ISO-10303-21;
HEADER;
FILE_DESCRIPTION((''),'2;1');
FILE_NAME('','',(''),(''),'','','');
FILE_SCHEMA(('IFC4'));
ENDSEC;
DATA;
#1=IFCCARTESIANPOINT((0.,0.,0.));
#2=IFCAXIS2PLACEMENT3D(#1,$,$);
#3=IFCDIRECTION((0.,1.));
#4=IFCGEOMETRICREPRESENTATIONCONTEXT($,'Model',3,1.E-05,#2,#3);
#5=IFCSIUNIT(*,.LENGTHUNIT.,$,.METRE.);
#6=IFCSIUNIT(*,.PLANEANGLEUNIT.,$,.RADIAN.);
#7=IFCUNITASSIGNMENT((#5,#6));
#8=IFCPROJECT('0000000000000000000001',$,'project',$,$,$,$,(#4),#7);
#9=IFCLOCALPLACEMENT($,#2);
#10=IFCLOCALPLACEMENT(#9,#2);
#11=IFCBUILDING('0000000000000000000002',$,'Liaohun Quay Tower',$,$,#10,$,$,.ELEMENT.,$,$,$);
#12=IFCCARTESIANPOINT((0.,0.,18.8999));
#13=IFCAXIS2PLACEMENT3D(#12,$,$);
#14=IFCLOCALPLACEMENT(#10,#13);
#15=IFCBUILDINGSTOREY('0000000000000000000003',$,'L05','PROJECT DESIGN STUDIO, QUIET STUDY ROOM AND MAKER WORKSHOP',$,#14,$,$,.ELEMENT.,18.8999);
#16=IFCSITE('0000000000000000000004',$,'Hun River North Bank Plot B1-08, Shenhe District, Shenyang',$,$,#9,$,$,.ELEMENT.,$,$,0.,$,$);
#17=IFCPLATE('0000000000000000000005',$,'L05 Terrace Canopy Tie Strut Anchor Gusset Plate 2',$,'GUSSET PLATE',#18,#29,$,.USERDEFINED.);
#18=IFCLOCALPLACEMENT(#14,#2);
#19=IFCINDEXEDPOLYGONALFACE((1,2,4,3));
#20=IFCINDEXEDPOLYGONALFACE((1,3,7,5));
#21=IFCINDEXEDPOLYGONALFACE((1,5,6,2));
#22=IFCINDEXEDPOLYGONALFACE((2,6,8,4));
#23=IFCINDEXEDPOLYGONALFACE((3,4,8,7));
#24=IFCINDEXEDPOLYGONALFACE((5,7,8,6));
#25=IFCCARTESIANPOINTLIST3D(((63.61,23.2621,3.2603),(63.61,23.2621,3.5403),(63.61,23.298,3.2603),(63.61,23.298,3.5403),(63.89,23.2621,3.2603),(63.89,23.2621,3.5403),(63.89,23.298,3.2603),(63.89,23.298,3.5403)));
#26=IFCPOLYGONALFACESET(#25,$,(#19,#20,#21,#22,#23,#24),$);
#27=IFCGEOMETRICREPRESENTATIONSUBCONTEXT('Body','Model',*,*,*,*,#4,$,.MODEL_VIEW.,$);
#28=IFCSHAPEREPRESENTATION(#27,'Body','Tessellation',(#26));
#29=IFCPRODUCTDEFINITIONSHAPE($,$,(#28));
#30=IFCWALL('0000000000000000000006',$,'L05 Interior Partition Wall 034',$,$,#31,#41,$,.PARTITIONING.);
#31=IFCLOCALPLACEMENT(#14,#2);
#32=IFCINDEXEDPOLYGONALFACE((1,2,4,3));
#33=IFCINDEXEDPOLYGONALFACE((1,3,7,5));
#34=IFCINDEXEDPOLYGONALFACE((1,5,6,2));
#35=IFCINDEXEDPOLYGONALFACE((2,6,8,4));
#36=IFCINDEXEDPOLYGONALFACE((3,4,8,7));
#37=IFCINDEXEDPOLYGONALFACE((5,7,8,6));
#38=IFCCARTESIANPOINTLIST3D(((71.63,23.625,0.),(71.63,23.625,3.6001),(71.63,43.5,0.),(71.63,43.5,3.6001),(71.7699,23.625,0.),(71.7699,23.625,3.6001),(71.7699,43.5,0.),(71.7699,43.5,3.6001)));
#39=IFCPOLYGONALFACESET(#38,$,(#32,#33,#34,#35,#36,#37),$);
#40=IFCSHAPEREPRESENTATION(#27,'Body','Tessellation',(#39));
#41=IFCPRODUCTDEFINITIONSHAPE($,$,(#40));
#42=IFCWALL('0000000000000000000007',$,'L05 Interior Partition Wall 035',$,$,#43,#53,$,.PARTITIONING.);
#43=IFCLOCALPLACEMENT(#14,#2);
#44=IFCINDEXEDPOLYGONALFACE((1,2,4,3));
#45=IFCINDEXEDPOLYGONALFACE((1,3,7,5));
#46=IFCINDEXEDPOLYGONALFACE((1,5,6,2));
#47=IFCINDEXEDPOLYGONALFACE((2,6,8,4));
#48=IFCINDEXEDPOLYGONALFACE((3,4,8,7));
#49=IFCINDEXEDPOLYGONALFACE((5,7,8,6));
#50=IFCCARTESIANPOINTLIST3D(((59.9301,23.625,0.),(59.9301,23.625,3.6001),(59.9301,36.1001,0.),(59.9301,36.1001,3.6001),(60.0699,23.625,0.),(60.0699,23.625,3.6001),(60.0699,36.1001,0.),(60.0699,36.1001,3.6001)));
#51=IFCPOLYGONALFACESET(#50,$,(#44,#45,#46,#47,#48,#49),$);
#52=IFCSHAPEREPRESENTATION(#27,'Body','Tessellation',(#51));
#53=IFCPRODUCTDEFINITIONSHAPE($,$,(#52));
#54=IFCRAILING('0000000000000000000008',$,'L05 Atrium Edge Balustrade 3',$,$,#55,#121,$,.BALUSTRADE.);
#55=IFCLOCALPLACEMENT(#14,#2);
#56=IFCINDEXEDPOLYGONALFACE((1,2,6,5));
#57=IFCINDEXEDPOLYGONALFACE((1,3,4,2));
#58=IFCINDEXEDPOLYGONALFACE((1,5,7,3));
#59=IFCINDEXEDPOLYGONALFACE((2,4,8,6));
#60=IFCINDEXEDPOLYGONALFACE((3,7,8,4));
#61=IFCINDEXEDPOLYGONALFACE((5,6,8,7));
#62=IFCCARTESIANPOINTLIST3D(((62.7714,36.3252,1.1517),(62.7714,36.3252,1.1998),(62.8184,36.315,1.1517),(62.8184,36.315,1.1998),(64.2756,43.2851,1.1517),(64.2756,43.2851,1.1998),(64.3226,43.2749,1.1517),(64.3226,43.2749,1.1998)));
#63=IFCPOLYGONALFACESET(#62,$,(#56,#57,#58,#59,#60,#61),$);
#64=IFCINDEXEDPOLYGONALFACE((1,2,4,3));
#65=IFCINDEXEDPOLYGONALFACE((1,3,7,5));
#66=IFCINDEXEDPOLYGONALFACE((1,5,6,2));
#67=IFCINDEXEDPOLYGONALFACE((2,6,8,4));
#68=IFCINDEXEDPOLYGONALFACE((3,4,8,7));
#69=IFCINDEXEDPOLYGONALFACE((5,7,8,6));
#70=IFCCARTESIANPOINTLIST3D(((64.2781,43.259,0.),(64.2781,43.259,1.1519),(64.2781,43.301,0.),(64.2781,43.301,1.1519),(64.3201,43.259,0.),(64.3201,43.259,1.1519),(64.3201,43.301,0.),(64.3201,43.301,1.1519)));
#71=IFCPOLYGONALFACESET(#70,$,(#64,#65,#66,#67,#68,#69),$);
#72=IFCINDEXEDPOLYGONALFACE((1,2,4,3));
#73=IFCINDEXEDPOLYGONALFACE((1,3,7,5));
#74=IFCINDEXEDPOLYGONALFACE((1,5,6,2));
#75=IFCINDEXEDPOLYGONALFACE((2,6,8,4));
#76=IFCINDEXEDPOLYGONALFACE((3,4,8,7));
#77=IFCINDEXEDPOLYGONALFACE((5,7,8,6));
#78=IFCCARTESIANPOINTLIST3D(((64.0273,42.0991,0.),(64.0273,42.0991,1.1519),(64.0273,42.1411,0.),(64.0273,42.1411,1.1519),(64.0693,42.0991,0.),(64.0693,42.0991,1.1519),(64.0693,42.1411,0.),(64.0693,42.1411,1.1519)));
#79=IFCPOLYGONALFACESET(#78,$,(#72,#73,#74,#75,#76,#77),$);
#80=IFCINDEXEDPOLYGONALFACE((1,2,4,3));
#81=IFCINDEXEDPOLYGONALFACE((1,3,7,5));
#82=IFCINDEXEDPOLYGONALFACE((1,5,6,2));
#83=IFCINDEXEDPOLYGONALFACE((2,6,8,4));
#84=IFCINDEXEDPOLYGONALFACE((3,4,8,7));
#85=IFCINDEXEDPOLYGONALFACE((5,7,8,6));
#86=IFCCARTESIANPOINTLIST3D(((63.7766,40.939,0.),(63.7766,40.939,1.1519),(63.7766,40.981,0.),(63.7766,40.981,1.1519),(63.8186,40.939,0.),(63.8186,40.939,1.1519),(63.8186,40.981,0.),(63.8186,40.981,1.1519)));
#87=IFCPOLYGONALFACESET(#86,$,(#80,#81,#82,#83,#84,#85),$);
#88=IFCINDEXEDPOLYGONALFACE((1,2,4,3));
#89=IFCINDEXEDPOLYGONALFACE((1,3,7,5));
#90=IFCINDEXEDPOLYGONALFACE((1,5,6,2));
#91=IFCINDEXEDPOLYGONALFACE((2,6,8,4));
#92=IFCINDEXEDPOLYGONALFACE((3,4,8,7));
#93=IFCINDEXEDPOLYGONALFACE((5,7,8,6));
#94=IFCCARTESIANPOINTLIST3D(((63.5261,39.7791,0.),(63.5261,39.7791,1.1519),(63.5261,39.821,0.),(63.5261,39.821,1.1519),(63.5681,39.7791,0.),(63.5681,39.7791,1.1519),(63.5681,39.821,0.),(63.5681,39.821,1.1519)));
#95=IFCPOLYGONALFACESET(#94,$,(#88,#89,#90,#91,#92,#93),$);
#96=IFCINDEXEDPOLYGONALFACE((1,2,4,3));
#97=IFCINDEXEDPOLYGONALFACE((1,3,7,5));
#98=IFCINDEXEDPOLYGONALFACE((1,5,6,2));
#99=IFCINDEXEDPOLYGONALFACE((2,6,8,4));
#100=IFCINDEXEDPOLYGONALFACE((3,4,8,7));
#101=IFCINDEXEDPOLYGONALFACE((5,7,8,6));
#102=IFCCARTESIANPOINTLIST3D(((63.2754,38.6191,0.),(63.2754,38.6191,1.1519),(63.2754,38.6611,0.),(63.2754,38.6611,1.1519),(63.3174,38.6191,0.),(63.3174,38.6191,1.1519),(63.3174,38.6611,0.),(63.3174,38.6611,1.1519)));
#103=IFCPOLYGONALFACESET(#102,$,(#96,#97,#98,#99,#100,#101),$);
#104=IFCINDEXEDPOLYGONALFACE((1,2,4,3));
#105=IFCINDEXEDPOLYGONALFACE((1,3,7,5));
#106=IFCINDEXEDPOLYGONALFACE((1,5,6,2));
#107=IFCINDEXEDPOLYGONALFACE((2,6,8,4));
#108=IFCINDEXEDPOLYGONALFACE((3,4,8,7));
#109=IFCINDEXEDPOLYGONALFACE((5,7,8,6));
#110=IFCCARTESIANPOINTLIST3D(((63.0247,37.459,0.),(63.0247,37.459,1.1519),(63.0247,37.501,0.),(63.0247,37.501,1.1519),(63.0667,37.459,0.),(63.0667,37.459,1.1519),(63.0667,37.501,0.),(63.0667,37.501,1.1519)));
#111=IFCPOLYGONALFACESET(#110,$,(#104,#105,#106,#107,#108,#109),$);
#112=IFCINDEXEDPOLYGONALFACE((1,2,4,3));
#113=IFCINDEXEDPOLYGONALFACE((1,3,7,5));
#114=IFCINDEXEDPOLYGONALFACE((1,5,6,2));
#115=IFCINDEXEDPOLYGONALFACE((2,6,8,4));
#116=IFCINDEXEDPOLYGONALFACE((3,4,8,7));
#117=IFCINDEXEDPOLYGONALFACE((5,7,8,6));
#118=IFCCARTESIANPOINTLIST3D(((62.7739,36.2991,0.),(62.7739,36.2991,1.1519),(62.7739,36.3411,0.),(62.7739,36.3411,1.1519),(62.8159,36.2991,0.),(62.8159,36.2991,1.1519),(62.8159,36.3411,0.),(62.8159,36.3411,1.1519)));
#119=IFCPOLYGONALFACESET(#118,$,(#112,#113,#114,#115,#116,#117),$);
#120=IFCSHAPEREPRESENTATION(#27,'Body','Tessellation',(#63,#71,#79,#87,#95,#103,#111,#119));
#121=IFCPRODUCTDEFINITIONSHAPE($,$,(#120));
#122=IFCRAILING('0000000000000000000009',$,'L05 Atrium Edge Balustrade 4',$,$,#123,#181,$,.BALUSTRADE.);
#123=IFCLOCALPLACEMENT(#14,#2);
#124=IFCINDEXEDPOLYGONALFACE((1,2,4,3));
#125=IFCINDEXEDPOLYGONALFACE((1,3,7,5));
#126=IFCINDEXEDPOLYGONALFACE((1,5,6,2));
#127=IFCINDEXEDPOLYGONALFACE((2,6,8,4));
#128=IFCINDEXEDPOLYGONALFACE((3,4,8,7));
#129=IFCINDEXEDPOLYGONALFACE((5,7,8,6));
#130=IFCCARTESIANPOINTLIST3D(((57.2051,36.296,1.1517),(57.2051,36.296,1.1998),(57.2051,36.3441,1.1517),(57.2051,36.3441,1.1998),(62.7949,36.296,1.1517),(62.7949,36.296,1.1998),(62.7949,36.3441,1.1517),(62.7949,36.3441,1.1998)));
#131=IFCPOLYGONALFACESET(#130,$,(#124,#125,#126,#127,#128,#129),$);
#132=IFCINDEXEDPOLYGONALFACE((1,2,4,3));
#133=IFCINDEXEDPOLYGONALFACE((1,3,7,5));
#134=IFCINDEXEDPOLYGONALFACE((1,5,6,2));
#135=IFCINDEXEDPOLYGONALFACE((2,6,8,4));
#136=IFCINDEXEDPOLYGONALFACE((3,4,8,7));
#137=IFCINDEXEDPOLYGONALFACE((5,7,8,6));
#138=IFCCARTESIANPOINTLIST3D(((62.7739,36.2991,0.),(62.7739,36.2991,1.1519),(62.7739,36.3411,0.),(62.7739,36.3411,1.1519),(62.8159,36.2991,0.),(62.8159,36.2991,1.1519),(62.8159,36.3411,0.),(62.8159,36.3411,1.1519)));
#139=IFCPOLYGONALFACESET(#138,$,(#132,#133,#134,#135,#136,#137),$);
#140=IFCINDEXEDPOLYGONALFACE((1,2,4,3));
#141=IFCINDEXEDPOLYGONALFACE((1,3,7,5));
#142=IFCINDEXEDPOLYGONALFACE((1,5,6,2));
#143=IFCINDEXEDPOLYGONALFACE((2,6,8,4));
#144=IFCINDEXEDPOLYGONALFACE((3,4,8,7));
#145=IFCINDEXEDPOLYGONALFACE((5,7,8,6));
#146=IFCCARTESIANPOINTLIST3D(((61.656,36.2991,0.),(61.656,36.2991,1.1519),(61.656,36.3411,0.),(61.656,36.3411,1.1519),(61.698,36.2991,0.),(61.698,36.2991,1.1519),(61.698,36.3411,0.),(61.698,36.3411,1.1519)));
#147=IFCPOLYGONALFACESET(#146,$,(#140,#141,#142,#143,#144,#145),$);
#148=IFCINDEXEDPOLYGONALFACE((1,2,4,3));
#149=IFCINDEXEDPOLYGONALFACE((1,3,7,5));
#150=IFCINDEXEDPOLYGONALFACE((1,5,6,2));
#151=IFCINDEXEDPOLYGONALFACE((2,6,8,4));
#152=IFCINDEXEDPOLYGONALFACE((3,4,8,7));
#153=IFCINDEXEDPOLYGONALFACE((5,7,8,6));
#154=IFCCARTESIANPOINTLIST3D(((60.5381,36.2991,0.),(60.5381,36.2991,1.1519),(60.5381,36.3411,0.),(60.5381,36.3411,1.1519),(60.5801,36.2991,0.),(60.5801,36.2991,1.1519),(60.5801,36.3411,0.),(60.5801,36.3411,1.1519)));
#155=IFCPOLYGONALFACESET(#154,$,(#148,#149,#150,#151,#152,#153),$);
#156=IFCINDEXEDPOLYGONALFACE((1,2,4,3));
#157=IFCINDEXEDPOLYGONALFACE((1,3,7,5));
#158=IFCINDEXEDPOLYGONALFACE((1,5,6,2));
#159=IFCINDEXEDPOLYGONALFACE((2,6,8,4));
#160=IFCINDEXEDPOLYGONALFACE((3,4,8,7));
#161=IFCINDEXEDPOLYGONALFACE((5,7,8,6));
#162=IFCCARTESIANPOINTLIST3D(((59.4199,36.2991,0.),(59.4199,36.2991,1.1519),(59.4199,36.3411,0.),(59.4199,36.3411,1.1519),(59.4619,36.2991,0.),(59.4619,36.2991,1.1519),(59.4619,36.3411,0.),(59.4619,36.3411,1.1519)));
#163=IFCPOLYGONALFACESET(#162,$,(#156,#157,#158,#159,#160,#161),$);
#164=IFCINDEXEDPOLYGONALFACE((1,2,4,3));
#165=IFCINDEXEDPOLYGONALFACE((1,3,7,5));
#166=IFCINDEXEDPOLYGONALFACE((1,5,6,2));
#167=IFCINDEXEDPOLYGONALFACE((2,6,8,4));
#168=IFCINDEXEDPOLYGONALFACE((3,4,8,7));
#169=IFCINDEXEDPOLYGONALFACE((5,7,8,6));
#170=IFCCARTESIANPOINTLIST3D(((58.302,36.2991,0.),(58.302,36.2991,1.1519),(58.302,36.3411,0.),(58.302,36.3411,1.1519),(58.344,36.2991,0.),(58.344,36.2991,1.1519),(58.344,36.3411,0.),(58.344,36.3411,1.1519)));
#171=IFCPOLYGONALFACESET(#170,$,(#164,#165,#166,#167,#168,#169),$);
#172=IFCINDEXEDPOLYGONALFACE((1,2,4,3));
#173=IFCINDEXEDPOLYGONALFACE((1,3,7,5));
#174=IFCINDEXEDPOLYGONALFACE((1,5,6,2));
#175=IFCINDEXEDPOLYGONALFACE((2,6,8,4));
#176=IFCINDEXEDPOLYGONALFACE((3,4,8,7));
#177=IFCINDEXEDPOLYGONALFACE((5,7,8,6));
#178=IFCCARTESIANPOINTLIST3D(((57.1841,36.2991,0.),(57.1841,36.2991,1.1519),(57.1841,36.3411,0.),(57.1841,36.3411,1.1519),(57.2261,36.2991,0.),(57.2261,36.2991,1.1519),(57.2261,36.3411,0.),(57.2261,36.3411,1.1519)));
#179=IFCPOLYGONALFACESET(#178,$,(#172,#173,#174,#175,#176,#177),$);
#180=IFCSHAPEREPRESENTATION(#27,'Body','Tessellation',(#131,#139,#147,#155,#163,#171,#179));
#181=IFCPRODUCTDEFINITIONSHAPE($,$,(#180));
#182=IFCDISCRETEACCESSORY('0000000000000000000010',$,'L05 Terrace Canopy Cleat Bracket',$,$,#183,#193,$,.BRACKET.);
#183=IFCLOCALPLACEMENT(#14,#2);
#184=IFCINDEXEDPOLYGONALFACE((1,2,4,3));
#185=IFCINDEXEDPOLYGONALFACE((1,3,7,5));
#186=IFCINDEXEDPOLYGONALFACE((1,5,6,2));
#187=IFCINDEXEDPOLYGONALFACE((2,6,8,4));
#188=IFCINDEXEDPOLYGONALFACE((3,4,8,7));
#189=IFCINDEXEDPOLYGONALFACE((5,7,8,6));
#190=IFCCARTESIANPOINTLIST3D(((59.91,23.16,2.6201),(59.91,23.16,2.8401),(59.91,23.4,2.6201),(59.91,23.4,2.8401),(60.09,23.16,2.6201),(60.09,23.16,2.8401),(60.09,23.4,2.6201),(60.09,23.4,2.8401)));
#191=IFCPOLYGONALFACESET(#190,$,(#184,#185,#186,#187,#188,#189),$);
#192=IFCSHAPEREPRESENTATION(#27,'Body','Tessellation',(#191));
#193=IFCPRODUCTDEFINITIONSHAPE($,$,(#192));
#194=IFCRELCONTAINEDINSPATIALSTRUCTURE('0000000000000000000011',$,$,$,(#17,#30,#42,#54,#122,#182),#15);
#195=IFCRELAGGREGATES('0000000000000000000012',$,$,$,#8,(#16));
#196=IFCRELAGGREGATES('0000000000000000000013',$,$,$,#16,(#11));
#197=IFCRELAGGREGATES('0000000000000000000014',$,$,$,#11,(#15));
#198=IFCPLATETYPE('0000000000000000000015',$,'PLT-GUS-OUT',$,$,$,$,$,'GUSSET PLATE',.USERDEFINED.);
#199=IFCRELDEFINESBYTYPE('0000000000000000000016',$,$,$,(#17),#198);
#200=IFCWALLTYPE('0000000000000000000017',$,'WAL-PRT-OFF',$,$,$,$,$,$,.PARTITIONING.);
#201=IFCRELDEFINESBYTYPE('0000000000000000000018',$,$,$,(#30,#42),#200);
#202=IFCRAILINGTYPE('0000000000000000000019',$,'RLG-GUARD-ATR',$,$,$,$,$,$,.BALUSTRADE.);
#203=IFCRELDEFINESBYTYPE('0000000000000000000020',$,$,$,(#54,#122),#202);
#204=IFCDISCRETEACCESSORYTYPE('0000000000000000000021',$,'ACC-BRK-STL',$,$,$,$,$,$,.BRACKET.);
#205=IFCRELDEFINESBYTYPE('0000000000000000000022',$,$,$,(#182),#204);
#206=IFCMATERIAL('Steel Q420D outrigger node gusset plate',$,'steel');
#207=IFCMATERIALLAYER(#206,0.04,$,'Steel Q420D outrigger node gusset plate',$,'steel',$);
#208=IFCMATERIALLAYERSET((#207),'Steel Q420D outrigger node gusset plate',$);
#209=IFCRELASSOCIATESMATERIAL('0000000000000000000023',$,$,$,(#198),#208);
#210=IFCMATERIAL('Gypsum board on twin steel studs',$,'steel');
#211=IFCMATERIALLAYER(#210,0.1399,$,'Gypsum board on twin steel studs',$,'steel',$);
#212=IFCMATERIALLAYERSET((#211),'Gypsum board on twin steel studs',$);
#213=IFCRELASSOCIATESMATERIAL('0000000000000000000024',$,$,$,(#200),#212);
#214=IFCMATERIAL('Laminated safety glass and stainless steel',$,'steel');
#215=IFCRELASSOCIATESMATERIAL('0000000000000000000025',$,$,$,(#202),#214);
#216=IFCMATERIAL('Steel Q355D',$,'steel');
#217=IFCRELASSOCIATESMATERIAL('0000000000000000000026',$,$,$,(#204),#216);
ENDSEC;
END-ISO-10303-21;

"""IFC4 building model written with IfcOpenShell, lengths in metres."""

from ifc_helpers import new_model, si_unit, direction, frame, frame_2d, origin, origin_2d, place, context, subcontext, project, spatial, rectangle, extrude, source, transform, mapped, material, layer, layer_set, type_object, element, save


model = new_model("IFC4")

# Units and contexts
model_context = context("Model", 3, precision=1e-05, world=origin(), true_north=direction((0.0, 1.0)))
body_context = subcontext(model_context, "Body", "Model", "MODEL_VIEW")
ifc_project = project(units=[si_unit("LENGTHUNIT", "METRE"), si_unit("PLANEANGLEUNIT", "RADIAN")], contexts=[model_context])

# Site, building, storey
site_placement = place(None, origin())
site = spatial("IfcSite", under=ifc_project, at=site_placement, Name="Hun River North Bank Plot B1-08, Shenhe District, Shenyang", CompositionType="ELEMENT", RefElevation=0.0)
building_placement = place(site_placement, origin())
building = spatial("IfcBuilding", under=site, at=building_placement, Name="Liaohun Quay Tower", CompositionType="ELEMENT")
storey_placement = place(building_placement, frame((0.0, 0.0, 18.8999)))
storey = spatial("IfcBuildingStorey", under=building, at=storey_placement, Name="L05", Description="PROJECT DESIGN STUDIO, QUIET STUDY ROOM AND MAKER WORKSHOP", CompositionType="ELEMENT", Elevation=18.8999)

# Shared definitions
ifc_material_1 = material(Name="Steel Q355D", Category="steel")

# Plate
ifc_material_2 = material(Name="Steel Q420D outrigger node gusset plate", Category="steel")
ifc_layer_1 = layer(ifc_material_2, 0.04, Name="Steel Q420D outrigger node gusset plate", Category="steel")
ifc_layer_set_1 = layer_set([ifc_layer_1], Name="Steel Q420D outrigger node gusset plate")
plate_type = type_object("IfcPlateType", Name="PLT-GUS-OUT", ElementType="GUSSET PLATE", PredefinedType="USERDEFINED", material=ifc_layer_set_1)
shared_shape_1 = source(origin(), body_context, "Body", "SweptSolid", [
    extrude(rectangle(XDim=0.28, YDim=0.0359, at=origin_2d()), origin(), (0.0, 0.0, 1.0), 0.28),
])
plate_placement = place(storey_placement, frame((63.75, 23.28, 3.2603), z_axis=(0.0, 0.0, 1.0), x_axis=(1.0, 0.0, 0.0)))
element("IfcPlate", 1, at=plate_placement, inside=storey, type_object=plate_type, Name="L05 Terrace Canopy Tie Strut Anchor Gusset Plate 2", ObjectType="GUSSET PLATE", PredefinedType="USERDEFINED", context=body_context, shape_type="MappedRepresentation", body=[
    mapped(shared_shape_1, transform((0.0, 0.0, 0.0), x_axis=(1.0, 0.0, 0.0), y_axis=(0.0, 1.0, 0.0), z_axis=(0.0, 0.0, 1.0), scale=1.0)),
])

# Walls
ifc_material_3 = material(Name="Gypsum board on twin steel studs", Category="steel")
ifc_layer_2 = layer(ifc_material_3, 0.1399, Name="Gypsum board on twin steel studs", Category="steel")
ifc_layer_set_2 = layer_set([ifc_layer_2], Name="Gypsum board on twin steel studs")
wall_type = type_object("IfcWallType", Name="WAL-PRT-OFF", PredefinedType="PARTITIONING", material=ifc_layer_set_2)
wall_1_placement = place(storey_placement, frame((71.7, 23.625, 0.0), z_axis=(0.0, 0.0, 1.0), x_axis=(0.0, 1.0, 0.0)))
element("IfcWall", 2, at=wall_1_placement, inside=storey, type_object=wall_type, Name="L05 Interior Partition Wall 034", PredefinedType="PARTITIONING", context=body_context, shape_type="SweptSolid", body=[
    extrude(rectangle(XDim=19.875, YDim=0.1399, at=frame_2d((9.9375, 0.0))), origin(), (0.0, 0.0, 1.0), 3.6001),
])
wall_2_placement = place(storey_placement, frame((60.0, 23.625, 0.0), z_axis=(0.0, 0.0, 1.0), x_axis=(0.0, 1.0, 0.0)))
element("IfcWall", 3, at=wall_2_placement, inside=storey, type_object=wall_type, Name="L05 Interior Partition Wall 035", PredefinedType="PARTITIONING", context=body_context, shape_type="SweptSolid", body=[
    extrude(rectangle(XDim=12.4751, YDim=0.1399, at=frame_2d((6.2375, 0.0))), origin(), (0.0, 0.0, 1.0), 3.6001),
])

# Railings
ifc_material_4 = material(Name="Laminated safety glass and stainless steel", Category="steel")
railing_type = type_object("IfcRailingType", Name="RLG-GUARD-ATR", PredefinedType="BALUSTRADE", material=ifc_material_4)
railing_1_placement = place(storey_placement, frame((64.2991, 43.28, 0.0)))
element("IfcRailing", 4, at=railing_1_placement, inside=storey, type_object=railing_type, Name="L05 Atrium Edge Balustrade 3", PredefinedType="BALUSTRADE", context=body_context, shape_type="SweptSolid", body=[
    extrude(rectangle(XDim=0.0481, YDim=0.0481, at=origin_2d()), frame((0.0, 0.0, 1.1758), z_axis=(-0.211238, -0.977435, 0.0), x_axis=(0.977435, -0.211238, 0.0)), (0.0, 0.0, 1.0), 7.1206),
    extrude(rectangle(XDim=0.042, YDim=0.042, at=origin_2d()), origin(), (0.0, 0.0, 1.0), 1.1519),
    extrude(rectangle(XDim=0.042, YDim=0.042, at=origin_2d()), frame((-0.2507, -1.1599, 0.0)), (0.0, 0.0, 1.0), 1.1519),
    extrude(rectangle(XDim=0.042, YDim=0.042, at=origin_2d()), frame((-0.5015, -2.3201, 0.0)), (0.0, 0.0, 1.0), 1.1519),
    extrude(rectangle(XDim=0.042, YDim=0.042, at=origin_2d()), frame((-0.752, -3.48, 0.0)), (0.0, 0.0, 1.0), 1.1519),
    extrude(rectangle(XDim=0.042, YDim=0.042, at=origin_2d()), frame((-1.0027, -4.6399, 0.0)), (0.0, 0.0, 1.0), 1.1519),
    extrude(rectangle(XDim=0.042, YDim=0.042, at=origin_2d()), frame((-1.2534, -5.8, 0.0)), (0.0, 0.0, 1.0), 1.1519),
    extrude(rectangle(XDim=0.042, YDim=0.042, at=origin_2d()), frame((-1.5042, -6.96, 0.0)), (0.0, 0.0, 1.0), 1.1519),
])
railing_2_placement = place(storey_placement, frame((62.7949, 36.3201, 0.0)))
element("IfcRailing", 5, at=railing_2_placement, inside=storey, type_object=railing_type, Name="L05 Atrium Edge Balustrade 4", PredefinedType="BALUSTRADE", context=body_context, shape_type="SweptSolid", body=[
    extrude(rectangle(XDim=0.0481, YDim=0.0481, at=origin_2d()), frame((0.0, 0.0, 1.1758), z_axis=(-1.0, 0.0, 0.0), x_axis=(0.0, -1.0, 0.0)), (0.0, 0.0, 1.0), 5.5898),
    extrude(rectangle(XDim=0.042, YDim=0.042, at=origin_2d()), origin(), (0.0, 0.0, 1.0), 1.1519),
    extrude(rectangle(XDim=0.042, YDim=0.042, at=origin_2d()), frame((-1.1179, 0.0, 0.0)), (0.0, 0.0, 1.0), 1.1519),
    extrude(rectangle(XDim=0.042, YDim=0.042, at=origin_2d()), frame((-2.2358, 0.0, 0.0)), (0.0, 0.0, 1.0), 1.1519),
    extrude(rectangle(XDim=0.042, YDim=0.042, at=origin_2d()), frame((-3.354, 0.0, 0.0)), (0.0, 0.0, 1.0), 1.1519),
    extrude(rectangle(XDim=0.042, YDim=0.042, at=origin_2d()), frame((-4.4719, 0.0, 0.0)), (0.0, 0.0, 1.0), 1.1519),
    extrude(rectangle(XDim=0.042, YDim=0.042, at=origin_2d()), frame((-5.5898, 0.0, 0.0)), (0.0, 0.0, 1.0), 1.1519),
])

# Discrete accessory
discrete_accessory_type = type_object("IfcDiscreteAccessoryType", Name="ACC-BRK-STL", PredefinedType="BRACKET", material=ifc_material_1)
shared_shape_2 = source(origin(), body_context, "Body", "SweptSolid", [
    extrude(rectangle(XDim=0.1799, YDim=0.24, at=origin_2d()), origin(), (0.0, 0.0, 1.0), 0.22),
])
discrete_accessory_placement = place(storey_placement, frame((60.0, 23.28, 2.6201), z_axis=(0.0, 0.0, 1.0), x_axis=(1.0, 0.0, 0.0)))
element("IfcDiscreteAccessory", 6, at=discrete_accessory_placement, inside=storey, type_object=discrete_accessory_type, Name="L05 Terrace Canopy Cleat Bracket", PredefinedType="BRACKET", context=body_context, shape_type="MappedRepresentation", body=[
    mapped(shared_shape_2, transform((0.0, 0.0, 0.0), x_axis=(1.0, 0.0, 0.0), y_axis=(0.0, 1.0, 0.0), z_axis=(0.0, 0.0, 1.0), scale=1.0)),
])

save(model, "model.ifc")
